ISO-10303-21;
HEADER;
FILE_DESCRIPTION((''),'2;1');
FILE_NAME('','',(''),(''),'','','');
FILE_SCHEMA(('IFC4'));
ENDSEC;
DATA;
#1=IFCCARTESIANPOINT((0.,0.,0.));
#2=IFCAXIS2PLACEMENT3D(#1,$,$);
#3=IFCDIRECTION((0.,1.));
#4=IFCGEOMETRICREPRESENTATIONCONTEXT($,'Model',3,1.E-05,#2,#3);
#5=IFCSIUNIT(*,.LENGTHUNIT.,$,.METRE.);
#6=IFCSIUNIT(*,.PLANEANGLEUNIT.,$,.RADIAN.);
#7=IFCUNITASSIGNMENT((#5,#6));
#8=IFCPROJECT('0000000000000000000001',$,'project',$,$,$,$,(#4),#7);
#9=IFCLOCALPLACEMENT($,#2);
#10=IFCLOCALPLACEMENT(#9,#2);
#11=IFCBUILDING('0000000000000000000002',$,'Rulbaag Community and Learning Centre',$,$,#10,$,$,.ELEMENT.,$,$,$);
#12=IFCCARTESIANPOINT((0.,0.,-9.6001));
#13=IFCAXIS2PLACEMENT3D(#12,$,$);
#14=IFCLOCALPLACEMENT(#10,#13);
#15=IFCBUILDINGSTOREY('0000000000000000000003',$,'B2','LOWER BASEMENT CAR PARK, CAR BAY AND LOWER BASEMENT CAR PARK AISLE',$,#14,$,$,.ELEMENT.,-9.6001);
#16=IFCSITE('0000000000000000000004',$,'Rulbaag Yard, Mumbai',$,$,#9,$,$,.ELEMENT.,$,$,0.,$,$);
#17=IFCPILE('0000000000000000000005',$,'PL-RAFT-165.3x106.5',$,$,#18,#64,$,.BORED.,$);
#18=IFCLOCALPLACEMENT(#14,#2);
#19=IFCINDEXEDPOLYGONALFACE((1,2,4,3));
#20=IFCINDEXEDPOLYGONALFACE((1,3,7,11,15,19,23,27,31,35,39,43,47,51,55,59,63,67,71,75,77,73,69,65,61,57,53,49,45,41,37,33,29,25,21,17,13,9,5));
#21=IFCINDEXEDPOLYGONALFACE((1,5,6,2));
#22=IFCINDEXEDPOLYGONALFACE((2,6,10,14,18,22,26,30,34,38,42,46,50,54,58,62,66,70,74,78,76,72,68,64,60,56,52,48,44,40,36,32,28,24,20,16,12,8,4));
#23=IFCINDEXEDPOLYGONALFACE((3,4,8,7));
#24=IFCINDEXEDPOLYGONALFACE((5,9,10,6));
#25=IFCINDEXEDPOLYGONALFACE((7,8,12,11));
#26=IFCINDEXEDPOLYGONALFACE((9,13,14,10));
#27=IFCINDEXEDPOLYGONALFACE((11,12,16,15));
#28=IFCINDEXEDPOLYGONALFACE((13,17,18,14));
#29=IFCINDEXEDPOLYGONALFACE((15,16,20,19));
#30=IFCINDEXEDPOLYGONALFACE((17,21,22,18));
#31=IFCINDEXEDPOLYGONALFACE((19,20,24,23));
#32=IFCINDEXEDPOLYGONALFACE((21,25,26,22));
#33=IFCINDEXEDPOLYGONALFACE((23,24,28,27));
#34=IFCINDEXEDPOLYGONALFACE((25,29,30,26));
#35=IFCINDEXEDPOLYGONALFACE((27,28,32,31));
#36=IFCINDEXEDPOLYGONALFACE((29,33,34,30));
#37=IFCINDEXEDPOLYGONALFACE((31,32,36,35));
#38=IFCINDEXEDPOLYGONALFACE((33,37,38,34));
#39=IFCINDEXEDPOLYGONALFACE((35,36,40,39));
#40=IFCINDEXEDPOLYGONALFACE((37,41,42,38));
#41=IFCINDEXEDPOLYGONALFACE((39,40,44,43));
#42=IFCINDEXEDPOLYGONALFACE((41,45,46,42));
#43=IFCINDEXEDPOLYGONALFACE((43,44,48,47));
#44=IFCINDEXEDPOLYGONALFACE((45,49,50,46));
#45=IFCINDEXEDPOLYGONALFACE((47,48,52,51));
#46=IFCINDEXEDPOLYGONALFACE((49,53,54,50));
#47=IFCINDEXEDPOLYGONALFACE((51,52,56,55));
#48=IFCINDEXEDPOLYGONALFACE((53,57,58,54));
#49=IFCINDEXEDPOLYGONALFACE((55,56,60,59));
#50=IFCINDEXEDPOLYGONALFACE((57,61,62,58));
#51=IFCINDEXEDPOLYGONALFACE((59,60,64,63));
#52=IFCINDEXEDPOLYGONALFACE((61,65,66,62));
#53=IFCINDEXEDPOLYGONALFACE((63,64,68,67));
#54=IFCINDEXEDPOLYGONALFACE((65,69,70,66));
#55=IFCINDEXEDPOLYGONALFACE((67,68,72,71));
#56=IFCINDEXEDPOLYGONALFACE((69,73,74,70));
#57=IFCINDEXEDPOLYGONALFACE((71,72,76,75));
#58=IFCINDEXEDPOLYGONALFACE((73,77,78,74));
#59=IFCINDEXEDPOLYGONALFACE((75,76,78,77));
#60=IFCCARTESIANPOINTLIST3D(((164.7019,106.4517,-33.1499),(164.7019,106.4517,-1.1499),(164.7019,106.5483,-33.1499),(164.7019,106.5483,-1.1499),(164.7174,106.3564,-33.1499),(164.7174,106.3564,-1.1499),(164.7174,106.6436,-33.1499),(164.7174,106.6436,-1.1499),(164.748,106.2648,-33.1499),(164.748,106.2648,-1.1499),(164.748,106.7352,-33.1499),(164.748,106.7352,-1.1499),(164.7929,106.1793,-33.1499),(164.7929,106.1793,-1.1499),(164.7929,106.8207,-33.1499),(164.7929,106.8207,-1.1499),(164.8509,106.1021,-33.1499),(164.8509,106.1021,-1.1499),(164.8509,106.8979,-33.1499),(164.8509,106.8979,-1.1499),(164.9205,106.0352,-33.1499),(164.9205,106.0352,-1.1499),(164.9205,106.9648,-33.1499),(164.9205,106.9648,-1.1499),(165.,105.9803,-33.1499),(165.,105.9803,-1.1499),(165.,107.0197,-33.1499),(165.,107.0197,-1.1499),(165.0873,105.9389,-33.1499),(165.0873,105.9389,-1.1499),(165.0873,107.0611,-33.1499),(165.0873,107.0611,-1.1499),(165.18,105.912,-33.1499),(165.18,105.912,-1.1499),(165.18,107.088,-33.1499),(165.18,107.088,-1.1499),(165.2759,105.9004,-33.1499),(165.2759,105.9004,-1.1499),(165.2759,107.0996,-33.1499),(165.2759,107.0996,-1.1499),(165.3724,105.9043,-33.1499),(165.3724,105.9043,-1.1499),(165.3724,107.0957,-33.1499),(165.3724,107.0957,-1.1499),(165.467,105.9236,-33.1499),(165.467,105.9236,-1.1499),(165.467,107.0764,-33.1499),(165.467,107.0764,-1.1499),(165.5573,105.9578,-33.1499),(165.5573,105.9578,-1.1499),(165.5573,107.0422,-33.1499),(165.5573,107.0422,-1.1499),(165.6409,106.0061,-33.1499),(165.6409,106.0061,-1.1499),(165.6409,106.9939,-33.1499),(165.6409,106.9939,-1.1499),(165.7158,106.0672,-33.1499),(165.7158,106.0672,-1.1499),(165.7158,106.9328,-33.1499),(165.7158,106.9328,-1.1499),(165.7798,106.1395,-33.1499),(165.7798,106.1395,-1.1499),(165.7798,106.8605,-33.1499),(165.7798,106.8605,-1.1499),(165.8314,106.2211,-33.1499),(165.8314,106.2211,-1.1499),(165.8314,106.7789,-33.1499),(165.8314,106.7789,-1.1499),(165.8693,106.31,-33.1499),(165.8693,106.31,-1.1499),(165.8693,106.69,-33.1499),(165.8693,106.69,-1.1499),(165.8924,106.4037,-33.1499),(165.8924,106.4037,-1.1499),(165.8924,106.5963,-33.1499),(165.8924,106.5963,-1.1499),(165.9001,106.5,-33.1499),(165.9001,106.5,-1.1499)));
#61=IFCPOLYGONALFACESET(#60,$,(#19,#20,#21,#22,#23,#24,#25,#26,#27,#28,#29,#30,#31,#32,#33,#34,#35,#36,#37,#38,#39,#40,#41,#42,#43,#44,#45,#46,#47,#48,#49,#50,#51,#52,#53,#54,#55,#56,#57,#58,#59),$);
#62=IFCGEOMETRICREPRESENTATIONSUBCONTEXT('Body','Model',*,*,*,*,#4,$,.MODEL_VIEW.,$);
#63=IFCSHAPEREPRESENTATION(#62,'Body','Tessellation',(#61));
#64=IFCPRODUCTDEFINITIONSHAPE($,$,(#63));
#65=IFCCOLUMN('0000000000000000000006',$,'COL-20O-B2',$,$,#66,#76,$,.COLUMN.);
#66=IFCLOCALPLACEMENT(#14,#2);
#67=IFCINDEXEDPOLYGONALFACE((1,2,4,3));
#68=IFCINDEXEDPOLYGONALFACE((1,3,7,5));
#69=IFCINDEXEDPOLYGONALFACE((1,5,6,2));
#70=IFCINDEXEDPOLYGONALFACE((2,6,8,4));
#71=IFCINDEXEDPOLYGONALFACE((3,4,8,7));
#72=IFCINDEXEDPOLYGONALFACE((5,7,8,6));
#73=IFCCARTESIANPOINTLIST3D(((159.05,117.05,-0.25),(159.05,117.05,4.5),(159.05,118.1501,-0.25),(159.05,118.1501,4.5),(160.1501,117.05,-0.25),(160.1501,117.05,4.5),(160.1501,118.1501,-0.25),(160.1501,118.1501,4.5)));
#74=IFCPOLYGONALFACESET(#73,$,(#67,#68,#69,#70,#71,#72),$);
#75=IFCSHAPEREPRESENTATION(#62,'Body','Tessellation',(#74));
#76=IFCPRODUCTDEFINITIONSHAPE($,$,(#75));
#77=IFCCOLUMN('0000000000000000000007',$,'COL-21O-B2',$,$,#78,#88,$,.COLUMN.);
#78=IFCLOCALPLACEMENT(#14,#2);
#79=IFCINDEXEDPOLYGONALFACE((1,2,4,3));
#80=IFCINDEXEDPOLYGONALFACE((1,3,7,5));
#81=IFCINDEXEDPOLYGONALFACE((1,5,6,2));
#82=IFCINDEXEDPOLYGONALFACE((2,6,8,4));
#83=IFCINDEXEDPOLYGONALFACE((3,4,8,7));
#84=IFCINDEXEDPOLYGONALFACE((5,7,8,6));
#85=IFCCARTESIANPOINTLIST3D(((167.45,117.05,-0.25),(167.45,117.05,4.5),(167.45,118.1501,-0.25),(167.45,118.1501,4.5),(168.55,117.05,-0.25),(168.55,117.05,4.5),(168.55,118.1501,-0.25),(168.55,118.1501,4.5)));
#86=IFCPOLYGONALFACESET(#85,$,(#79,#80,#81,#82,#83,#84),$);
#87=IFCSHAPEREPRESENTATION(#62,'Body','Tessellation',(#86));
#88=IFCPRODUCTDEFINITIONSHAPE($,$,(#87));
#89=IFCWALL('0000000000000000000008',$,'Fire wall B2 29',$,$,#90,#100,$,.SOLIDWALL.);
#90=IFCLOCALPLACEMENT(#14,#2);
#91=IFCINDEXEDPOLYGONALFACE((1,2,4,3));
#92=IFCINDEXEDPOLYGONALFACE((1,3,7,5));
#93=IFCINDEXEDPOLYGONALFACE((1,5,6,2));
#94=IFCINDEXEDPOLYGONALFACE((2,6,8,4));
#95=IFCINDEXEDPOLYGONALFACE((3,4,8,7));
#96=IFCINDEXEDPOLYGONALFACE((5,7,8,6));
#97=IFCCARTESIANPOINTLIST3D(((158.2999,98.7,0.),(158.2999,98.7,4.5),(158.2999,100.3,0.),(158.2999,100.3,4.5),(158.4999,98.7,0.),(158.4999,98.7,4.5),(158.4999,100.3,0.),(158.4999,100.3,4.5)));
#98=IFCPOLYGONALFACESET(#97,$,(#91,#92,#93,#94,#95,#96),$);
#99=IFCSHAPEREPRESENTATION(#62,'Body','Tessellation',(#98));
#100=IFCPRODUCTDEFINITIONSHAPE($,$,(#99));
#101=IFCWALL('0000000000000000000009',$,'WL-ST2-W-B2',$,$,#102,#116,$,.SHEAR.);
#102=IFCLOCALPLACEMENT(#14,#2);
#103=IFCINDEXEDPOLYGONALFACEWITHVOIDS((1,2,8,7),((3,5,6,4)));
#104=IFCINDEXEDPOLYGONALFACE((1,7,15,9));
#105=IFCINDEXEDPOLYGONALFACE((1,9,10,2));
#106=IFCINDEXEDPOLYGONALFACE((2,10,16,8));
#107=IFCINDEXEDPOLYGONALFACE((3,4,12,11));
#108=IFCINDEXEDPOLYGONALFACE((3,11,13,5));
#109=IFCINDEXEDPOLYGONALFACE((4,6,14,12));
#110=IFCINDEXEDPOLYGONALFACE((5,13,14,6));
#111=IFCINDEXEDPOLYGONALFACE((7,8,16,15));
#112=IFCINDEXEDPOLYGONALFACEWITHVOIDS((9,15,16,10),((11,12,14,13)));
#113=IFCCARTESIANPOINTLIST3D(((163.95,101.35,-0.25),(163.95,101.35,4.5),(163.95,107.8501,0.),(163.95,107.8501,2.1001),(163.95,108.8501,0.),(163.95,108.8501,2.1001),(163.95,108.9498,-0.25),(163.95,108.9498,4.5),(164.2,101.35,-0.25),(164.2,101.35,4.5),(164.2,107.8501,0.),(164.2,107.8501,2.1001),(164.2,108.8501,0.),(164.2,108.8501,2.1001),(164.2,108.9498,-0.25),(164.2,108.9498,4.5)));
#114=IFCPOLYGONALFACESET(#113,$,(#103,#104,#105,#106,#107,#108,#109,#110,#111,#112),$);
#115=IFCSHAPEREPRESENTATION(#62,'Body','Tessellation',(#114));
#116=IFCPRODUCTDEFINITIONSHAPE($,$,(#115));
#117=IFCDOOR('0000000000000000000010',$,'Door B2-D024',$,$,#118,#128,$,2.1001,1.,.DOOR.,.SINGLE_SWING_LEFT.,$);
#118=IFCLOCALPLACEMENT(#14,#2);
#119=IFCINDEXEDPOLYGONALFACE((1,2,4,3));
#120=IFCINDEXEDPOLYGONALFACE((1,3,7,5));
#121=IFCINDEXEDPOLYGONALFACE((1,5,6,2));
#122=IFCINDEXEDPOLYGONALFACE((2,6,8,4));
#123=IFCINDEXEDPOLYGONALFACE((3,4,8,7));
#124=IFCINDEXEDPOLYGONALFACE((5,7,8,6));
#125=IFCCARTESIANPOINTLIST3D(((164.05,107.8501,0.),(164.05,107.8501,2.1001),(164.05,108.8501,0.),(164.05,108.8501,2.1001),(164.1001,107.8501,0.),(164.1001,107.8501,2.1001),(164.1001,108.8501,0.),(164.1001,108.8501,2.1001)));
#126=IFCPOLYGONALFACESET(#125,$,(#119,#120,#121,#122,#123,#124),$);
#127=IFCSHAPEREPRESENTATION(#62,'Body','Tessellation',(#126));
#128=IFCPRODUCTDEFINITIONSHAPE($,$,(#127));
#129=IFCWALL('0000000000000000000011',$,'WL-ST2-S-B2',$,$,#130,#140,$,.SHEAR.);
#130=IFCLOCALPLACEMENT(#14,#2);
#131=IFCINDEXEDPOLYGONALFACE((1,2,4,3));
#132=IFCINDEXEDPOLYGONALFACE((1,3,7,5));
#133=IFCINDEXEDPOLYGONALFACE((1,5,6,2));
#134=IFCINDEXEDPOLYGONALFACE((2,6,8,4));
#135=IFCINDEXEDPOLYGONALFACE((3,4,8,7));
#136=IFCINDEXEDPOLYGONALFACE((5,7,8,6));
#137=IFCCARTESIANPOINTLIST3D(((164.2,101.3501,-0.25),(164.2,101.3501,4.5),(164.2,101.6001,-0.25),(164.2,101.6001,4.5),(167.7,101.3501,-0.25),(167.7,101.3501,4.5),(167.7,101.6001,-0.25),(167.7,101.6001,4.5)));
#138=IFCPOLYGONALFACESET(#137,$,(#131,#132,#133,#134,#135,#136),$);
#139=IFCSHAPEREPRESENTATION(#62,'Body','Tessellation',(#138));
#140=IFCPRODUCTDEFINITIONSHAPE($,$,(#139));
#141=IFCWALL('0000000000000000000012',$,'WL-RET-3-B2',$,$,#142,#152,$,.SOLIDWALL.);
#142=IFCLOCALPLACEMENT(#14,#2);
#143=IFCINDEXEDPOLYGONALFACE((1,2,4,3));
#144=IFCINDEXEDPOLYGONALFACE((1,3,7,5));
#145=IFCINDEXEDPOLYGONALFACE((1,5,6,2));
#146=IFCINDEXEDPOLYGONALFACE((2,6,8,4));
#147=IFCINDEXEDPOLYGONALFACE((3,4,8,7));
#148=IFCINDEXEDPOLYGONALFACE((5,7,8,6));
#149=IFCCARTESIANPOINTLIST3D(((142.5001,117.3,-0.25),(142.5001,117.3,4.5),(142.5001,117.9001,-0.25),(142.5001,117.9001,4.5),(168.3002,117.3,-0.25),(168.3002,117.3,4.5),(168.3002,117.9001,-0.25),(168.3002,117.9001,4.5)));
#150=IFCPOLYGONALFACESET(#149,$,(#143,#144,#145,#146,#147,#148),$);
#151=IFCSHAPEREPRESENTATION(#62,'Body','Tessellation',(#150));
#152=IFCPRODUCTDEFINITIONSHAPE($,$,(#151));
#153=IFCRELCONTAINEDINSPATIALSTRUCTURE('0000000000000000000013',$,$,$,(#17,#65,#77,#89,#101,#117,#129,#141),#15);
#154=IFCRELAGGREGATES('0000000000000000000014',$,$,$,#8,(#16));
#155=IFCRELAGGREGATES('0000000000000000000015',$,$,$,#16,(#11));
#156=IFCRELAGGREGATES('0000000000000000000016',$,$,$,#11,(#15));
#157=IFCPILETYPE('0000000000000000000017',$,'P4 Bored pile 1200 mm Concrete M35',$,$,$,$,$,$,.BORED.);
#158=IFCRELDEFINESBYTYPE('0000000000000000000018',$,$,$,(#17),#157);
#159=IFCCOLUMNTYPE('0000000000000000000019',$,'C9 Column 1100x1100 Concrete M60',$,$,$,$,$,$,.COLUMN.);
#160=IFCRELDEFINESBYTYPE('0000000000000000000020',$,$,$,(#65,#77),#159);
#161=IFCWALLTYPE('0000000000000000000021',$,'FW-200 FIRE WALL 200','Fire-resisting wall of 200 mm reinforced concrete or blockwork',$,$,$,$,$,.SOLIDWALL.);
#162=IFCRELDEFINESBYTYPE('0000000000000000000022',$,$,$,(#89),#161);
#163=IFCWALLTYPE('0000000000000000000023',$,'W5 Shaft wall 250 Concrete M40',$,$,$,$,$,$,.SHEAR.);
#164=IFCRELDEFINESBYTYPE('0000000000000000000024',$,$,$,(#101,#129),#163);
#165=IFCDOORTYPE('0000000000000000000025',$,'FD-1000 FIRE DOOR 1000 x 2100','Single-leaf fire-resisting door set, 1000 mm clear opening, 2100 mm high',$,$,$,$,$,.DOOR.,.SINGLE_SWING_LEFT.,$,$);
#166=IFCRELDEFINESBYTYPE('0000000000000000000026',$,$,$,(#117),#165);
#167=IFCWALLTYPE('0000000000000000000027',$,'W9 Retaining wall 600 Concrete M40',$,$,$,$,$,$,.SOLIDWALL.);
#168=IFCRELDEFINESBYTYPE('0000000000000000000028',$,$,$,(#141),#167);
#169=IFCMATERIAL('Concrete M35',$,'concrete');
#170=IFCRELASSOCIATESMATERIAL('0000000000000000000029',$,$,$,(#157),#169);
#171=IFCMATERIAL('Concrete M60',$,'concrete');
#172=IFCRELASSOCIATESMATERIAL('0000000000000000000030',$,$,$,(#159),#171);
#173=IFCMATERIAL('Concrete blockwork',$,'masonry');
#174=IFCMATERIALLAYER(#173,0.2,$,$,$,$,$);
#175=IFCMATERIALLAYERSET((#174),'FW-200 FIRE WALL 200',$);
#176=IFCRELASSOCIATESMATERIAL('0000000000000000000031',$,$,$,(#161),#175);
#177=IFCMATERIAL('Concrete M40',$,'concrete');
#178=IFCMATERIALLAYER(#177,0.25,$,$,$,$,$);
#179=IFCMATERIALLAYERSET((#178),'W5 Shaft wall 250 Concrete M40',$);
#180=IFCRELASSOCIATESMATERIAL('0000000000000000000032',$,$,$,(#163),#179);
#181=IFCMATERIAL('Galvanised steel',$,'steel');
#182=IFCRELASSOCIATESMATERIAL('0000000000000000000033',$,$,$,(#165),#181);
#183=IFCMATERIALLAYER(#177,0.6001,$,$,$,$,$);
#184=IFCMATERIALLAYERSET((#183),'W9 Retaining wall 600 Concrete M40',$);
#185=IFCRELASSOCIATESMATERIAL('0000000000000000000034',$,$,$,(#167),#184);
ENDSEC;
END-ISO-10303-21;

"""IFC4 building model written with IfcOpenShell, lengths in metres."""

from ifc_helpers import new_model, si_unit, direction, frame, frame_2d, origin, origin_2d, place, context, subcontext, project, spatial, rectangle, circle, extrude, material, layer, layer_set, material_profile, profile_set, type_object, element, fill, save


model = new_model("IFC4")

# Units and contexts
model_context = context("Model", 3, precision=1e-05, world=origin(), true_north=direction((0.0, 1.0)))
body_context = subcontext(model_context, "Body", "Model", "MODEL_VIEW")
ifc_project = project(units=[si_unit("LENGTHUNIT", "METRE"), si_unit("PLANEANGLEUNIT", "RADIAN")], contexts=[model_context])

# Site, building, storey
site_placement = place(None, origin())
site = spatial("IfcSite", under=ifc_project, at=site_placement, Name="Rulbaag Yard, Mumbai", CompositionType="ELEMENT", RefElevation=0.0)
building_placement = place(site_placement, origin())
building = spatial("IfcBuilding", under=site, at=building_placement, Name="Rulbaag Community and Learning Centre", CompositionType="ELEMENT")
storey_placement = place(building_placement, frame((0.0, 0.0, -9.6001)))
storey = spatial("IfcBuildingStorey", under=building, at=storey_placement, Name="B2", Description="LOWER BASEMENT CAR PARK, CAR BAY AND LOWER BASEMENT CAR PARK AISLE", CompositionType="ELEMENT", Elevation=-9.6001)

# Pile
ifc_material_1 = material(Name="Concrete M35", Category="concrete")
ifc_material_profile_1 = material_profile(ifc_material_1, circle(Radius=0.6001, at=origin_2d()), Name="BP1200")
ifc_profile_set_1 = profile_set([ifc_material_profile_1], Name="Concrete M35")
pile_type_1 = type_object("IfcPileType", Name="P4 Bored pile 1200 mm Concrete M35", PredefinedType="BORED", material=ifc_profile_set_1)
for number, where, z_axis, x_axis, name in (
    (1, (165.3, 106.5, -1.1499), (0.0, 0.0, -1.0), (1.0, 0.0, 0.0), "PL-RAFT-165.3x106.5"),
):
    element("IfcPile", number, at=place(storey_placement, frame(where, z_axis=z_axis, x_axis=x_axis)), inside=storey, type_object=pile_type_1, Name=name, PredefinedType="BORED", context=body_context, shape_type="SweptSolid", body=[
        extrude(circle(Radius=0.6001, at=origin_2d()), origin(), (0.0, 0.0, 1.0), 32.0),
    ])

# Columns
ifc_material_2 = material(Name="Concrete M60", Category="concrete")
ifc_material_profile_2 = material_profile(ifc_material_2, rectangle(XDim=1.1001, YDim=1.1001, at=origin_2d()), Name="RC1100x1100")
ifc_profile_set_2 = profile_set([ifc_material_profile_2], Name="Concrete M60")
column_type = type_object("IfcColumnType", Name="C9 Column 1100x1100 Concrete M60", PredefinedType="COLUMN", material=ifc_profile_set_2)
for number, where, z_axis, x_axis, name in (
    (2, (159.6001, 117.6001, -0.25), (0.0, 0.0, 1.0), (1.0, 0.0, 0.0), "COL-20O-B2"),
    (3, (168.0, 117.6001, -0.25), (0.0, 0.0, 1.0), (1.0, 0.0, 0.0), "COL-21O-B2"),
):
    element("IfcColumn", number, at=place(storey_placement, frame(where, z_axis=z_axis, x_axis=x_axis)), inside=storey, type_object=column_type, Name=name, PredefinedType="COLUMN", context=body_context, shape_type="SweptSolid", body=[
        extrude(rectangle(XDim=1.1001, YDim=1.1001, at=origin_2d()), origin(), (0.0, 0.0, 1.0), 4.75),
    ])

# Wall
ifc_material_3 = material(Name="Concrete blockwork", Category="masonry")
ifc_layer_1 = layer(ifc_material_3, 0.2)
ifc_layer_set_1 = layer_set([ifc_layer_1], Name="FW-200 FIRE WALL 200")
wall_type_1 = type_object("IfcWallType", Name="FW-200 FIRE WALL 200", Description="Fire-resisting wall of 200 mm reinforced concrete or blockwork", PredefinedType="SOLIDWALL", material=ifc_layer_set_1)
wall_1_placement = place(storey_placement, frame((158.3999, 98.7, 0.0), z_axis=(0.0, 0.0, 1.0), x_axis=(0.0, 1.0, 0.0)))
element("IfcWall", 4, at=wall_1_placement, inside=storey, type_object=wall_type_1, Name="Fire wall B2 29", PredefinedType="SOLIDWALL", context=body_context, shape_type="SweptSolid", body=[
    extrude(rectangle(XDim=1.6001, YDim=0.2, at=frame_2d((0.8, 0.0))), origin(), (0.0, 0.0, 1.0), 4.5),
])

# Wall, opening, door
ifc_material_4 = material(Name="Concrete M40", Category="concrete")
ifc_layer_2 = layer(ifc_material_4, 0.25)
ifc_layer_set_2 = layer_set([ifc_layer_2], Name="W5 Shaft wall 250 Concrete M40")
wall_type_2 = type_object("IfcWallType", Name="W5 Shaft wall 250 Concrete M40", PredefinedType="SHEAR", material=ifc_layer_set_2)
wall_2_placement = place(storey_placement, frame((164.075, 101.3501, -0.25), z_axis=(0.0, 0.0, 1.0), x_axis=(0.0, 1.0, 0.0)))
wall_2 = element("IfcWall", 5, at=wall_2_placement, inside=storey, type_object=wall_type_2, Name="WL-ST2-W-B2", PredefinedType="SHEAR", context=body_context, shape_type="SweptSolid", body=[
    extrude(rectangle(XDim=7.5999, YDim=0.25, at=frame_2d((3.7998, 0.0))), origin(), (0.0, 0.0, 1.0), 4.75),
])
opening_placement = place(wall_2_placement, frame((6.5, 0.0, 0.25)))
opening = element("IfcOpeningElement", 6, at=opening_placement, cuts=wall_2, PredefinedType="OPENING", context=body_context, shape_type="SweptSolid", body=[
    extrude(rectangle(XDim=1.0, YDim=2.1001, at=frame_2d((0.5, 1.05))), frame((0.0, 0.135, 0.0), z_axis=(0.0, -1.0, 0.0), x_axis=(1.0, 0.0, 0.0)), (0.0, 0.0, 1.0), 0.27),
])
ifc_material_5 = material(Name="Galvanised steel", Category="steel")
door_type = type_object("IfcDoorType", Name="FD-1000 FIRE DOOR 1000 x 2100", Description="Single-leaf fire-resisting door set, 1000 mm clear opening, 2100 mm high", OperationType="SINGLE_SWING_LEFT", PredefinedType="DOOR", material=ifc_material_5)
door_placement = place(opening_placement, origin())
door = element("IfcDoor", 7, at=door_placement, inside=storey, type_object=door_type, Name="Door B2-D024", OperationType="SINGLE_SWING_LEFT", OverallHeight=2.1001, OverallWidth=1.0, PredefinedType="DOOR", context=body_context, shape_type="SweptSolid", body=[
    extrude(rectangle(XDim=1.0, YDim=2.1001, at=frame_2d((0.5, 1.05))), frame((0.0, 0.0249, 0.0), z_axis=(0.0, -1.0, 0.0), x_axis=(1.0, 0.0, 0.0)), (0.0, 0.0, 1.0), 0.05),
])
fill(opening, door)

# Walls
wall_3_placement = place(storey_placement, frame((164.2, 101.4751, -0.25), z_axis=(0.0, 0.0, 1.0), x_axis=(1.0, 0.0, 0.0)))
element("IfcWall", 8, at=wall_3_placement, inside=storey, type_object=wall_type_2, Name="WL-ST2-S-B2", PredefinedType="SHEAR", context=body_context, shape_type="SweptSolid", body=[
    extrude(rectangle(XDim=3.5, YDim=0.25, at=frame_2d((1.75, 0.0))), origin(), (0.0, 0.0, 1.0), 4.75),
])
ifc_layer_3 = layer(ifc_material_4, 0.6001)
ifc_layer_set_3 = layer_set([ifc_layer_3], Name="W9 Retaining wall 600 Concrete M40")
wall_type_3 = type_object("IfcWallType", Name="W9 Retaining wall 600 Concrete M40", PredefinedType="SOLIDWALL", material=ifc_layer_set_3)
wall_4_placement = place(storey_placement, frame((168.3, 117.6001, -0.25), z_axis=(0.0, 0.0, 1.0), x_axis=(-1.0, 0.0, 0.0)))
element("IfcWall", 9, at=wall_4_placement, inside=storey, type_object=wall_type_3, Name="WL-RET-3-B2", PredefinedType="SOLIDWALL", context=body_context, shape_type="SweptSolid", body=[
    extrude(rectangle(XDim=25.8, YDim=0.6001, at=frame_2d((12.8999, 0.0))), origin(), (0.0, 0.0, 1.0), 4.75),
])

save(model, "model.ifc")
